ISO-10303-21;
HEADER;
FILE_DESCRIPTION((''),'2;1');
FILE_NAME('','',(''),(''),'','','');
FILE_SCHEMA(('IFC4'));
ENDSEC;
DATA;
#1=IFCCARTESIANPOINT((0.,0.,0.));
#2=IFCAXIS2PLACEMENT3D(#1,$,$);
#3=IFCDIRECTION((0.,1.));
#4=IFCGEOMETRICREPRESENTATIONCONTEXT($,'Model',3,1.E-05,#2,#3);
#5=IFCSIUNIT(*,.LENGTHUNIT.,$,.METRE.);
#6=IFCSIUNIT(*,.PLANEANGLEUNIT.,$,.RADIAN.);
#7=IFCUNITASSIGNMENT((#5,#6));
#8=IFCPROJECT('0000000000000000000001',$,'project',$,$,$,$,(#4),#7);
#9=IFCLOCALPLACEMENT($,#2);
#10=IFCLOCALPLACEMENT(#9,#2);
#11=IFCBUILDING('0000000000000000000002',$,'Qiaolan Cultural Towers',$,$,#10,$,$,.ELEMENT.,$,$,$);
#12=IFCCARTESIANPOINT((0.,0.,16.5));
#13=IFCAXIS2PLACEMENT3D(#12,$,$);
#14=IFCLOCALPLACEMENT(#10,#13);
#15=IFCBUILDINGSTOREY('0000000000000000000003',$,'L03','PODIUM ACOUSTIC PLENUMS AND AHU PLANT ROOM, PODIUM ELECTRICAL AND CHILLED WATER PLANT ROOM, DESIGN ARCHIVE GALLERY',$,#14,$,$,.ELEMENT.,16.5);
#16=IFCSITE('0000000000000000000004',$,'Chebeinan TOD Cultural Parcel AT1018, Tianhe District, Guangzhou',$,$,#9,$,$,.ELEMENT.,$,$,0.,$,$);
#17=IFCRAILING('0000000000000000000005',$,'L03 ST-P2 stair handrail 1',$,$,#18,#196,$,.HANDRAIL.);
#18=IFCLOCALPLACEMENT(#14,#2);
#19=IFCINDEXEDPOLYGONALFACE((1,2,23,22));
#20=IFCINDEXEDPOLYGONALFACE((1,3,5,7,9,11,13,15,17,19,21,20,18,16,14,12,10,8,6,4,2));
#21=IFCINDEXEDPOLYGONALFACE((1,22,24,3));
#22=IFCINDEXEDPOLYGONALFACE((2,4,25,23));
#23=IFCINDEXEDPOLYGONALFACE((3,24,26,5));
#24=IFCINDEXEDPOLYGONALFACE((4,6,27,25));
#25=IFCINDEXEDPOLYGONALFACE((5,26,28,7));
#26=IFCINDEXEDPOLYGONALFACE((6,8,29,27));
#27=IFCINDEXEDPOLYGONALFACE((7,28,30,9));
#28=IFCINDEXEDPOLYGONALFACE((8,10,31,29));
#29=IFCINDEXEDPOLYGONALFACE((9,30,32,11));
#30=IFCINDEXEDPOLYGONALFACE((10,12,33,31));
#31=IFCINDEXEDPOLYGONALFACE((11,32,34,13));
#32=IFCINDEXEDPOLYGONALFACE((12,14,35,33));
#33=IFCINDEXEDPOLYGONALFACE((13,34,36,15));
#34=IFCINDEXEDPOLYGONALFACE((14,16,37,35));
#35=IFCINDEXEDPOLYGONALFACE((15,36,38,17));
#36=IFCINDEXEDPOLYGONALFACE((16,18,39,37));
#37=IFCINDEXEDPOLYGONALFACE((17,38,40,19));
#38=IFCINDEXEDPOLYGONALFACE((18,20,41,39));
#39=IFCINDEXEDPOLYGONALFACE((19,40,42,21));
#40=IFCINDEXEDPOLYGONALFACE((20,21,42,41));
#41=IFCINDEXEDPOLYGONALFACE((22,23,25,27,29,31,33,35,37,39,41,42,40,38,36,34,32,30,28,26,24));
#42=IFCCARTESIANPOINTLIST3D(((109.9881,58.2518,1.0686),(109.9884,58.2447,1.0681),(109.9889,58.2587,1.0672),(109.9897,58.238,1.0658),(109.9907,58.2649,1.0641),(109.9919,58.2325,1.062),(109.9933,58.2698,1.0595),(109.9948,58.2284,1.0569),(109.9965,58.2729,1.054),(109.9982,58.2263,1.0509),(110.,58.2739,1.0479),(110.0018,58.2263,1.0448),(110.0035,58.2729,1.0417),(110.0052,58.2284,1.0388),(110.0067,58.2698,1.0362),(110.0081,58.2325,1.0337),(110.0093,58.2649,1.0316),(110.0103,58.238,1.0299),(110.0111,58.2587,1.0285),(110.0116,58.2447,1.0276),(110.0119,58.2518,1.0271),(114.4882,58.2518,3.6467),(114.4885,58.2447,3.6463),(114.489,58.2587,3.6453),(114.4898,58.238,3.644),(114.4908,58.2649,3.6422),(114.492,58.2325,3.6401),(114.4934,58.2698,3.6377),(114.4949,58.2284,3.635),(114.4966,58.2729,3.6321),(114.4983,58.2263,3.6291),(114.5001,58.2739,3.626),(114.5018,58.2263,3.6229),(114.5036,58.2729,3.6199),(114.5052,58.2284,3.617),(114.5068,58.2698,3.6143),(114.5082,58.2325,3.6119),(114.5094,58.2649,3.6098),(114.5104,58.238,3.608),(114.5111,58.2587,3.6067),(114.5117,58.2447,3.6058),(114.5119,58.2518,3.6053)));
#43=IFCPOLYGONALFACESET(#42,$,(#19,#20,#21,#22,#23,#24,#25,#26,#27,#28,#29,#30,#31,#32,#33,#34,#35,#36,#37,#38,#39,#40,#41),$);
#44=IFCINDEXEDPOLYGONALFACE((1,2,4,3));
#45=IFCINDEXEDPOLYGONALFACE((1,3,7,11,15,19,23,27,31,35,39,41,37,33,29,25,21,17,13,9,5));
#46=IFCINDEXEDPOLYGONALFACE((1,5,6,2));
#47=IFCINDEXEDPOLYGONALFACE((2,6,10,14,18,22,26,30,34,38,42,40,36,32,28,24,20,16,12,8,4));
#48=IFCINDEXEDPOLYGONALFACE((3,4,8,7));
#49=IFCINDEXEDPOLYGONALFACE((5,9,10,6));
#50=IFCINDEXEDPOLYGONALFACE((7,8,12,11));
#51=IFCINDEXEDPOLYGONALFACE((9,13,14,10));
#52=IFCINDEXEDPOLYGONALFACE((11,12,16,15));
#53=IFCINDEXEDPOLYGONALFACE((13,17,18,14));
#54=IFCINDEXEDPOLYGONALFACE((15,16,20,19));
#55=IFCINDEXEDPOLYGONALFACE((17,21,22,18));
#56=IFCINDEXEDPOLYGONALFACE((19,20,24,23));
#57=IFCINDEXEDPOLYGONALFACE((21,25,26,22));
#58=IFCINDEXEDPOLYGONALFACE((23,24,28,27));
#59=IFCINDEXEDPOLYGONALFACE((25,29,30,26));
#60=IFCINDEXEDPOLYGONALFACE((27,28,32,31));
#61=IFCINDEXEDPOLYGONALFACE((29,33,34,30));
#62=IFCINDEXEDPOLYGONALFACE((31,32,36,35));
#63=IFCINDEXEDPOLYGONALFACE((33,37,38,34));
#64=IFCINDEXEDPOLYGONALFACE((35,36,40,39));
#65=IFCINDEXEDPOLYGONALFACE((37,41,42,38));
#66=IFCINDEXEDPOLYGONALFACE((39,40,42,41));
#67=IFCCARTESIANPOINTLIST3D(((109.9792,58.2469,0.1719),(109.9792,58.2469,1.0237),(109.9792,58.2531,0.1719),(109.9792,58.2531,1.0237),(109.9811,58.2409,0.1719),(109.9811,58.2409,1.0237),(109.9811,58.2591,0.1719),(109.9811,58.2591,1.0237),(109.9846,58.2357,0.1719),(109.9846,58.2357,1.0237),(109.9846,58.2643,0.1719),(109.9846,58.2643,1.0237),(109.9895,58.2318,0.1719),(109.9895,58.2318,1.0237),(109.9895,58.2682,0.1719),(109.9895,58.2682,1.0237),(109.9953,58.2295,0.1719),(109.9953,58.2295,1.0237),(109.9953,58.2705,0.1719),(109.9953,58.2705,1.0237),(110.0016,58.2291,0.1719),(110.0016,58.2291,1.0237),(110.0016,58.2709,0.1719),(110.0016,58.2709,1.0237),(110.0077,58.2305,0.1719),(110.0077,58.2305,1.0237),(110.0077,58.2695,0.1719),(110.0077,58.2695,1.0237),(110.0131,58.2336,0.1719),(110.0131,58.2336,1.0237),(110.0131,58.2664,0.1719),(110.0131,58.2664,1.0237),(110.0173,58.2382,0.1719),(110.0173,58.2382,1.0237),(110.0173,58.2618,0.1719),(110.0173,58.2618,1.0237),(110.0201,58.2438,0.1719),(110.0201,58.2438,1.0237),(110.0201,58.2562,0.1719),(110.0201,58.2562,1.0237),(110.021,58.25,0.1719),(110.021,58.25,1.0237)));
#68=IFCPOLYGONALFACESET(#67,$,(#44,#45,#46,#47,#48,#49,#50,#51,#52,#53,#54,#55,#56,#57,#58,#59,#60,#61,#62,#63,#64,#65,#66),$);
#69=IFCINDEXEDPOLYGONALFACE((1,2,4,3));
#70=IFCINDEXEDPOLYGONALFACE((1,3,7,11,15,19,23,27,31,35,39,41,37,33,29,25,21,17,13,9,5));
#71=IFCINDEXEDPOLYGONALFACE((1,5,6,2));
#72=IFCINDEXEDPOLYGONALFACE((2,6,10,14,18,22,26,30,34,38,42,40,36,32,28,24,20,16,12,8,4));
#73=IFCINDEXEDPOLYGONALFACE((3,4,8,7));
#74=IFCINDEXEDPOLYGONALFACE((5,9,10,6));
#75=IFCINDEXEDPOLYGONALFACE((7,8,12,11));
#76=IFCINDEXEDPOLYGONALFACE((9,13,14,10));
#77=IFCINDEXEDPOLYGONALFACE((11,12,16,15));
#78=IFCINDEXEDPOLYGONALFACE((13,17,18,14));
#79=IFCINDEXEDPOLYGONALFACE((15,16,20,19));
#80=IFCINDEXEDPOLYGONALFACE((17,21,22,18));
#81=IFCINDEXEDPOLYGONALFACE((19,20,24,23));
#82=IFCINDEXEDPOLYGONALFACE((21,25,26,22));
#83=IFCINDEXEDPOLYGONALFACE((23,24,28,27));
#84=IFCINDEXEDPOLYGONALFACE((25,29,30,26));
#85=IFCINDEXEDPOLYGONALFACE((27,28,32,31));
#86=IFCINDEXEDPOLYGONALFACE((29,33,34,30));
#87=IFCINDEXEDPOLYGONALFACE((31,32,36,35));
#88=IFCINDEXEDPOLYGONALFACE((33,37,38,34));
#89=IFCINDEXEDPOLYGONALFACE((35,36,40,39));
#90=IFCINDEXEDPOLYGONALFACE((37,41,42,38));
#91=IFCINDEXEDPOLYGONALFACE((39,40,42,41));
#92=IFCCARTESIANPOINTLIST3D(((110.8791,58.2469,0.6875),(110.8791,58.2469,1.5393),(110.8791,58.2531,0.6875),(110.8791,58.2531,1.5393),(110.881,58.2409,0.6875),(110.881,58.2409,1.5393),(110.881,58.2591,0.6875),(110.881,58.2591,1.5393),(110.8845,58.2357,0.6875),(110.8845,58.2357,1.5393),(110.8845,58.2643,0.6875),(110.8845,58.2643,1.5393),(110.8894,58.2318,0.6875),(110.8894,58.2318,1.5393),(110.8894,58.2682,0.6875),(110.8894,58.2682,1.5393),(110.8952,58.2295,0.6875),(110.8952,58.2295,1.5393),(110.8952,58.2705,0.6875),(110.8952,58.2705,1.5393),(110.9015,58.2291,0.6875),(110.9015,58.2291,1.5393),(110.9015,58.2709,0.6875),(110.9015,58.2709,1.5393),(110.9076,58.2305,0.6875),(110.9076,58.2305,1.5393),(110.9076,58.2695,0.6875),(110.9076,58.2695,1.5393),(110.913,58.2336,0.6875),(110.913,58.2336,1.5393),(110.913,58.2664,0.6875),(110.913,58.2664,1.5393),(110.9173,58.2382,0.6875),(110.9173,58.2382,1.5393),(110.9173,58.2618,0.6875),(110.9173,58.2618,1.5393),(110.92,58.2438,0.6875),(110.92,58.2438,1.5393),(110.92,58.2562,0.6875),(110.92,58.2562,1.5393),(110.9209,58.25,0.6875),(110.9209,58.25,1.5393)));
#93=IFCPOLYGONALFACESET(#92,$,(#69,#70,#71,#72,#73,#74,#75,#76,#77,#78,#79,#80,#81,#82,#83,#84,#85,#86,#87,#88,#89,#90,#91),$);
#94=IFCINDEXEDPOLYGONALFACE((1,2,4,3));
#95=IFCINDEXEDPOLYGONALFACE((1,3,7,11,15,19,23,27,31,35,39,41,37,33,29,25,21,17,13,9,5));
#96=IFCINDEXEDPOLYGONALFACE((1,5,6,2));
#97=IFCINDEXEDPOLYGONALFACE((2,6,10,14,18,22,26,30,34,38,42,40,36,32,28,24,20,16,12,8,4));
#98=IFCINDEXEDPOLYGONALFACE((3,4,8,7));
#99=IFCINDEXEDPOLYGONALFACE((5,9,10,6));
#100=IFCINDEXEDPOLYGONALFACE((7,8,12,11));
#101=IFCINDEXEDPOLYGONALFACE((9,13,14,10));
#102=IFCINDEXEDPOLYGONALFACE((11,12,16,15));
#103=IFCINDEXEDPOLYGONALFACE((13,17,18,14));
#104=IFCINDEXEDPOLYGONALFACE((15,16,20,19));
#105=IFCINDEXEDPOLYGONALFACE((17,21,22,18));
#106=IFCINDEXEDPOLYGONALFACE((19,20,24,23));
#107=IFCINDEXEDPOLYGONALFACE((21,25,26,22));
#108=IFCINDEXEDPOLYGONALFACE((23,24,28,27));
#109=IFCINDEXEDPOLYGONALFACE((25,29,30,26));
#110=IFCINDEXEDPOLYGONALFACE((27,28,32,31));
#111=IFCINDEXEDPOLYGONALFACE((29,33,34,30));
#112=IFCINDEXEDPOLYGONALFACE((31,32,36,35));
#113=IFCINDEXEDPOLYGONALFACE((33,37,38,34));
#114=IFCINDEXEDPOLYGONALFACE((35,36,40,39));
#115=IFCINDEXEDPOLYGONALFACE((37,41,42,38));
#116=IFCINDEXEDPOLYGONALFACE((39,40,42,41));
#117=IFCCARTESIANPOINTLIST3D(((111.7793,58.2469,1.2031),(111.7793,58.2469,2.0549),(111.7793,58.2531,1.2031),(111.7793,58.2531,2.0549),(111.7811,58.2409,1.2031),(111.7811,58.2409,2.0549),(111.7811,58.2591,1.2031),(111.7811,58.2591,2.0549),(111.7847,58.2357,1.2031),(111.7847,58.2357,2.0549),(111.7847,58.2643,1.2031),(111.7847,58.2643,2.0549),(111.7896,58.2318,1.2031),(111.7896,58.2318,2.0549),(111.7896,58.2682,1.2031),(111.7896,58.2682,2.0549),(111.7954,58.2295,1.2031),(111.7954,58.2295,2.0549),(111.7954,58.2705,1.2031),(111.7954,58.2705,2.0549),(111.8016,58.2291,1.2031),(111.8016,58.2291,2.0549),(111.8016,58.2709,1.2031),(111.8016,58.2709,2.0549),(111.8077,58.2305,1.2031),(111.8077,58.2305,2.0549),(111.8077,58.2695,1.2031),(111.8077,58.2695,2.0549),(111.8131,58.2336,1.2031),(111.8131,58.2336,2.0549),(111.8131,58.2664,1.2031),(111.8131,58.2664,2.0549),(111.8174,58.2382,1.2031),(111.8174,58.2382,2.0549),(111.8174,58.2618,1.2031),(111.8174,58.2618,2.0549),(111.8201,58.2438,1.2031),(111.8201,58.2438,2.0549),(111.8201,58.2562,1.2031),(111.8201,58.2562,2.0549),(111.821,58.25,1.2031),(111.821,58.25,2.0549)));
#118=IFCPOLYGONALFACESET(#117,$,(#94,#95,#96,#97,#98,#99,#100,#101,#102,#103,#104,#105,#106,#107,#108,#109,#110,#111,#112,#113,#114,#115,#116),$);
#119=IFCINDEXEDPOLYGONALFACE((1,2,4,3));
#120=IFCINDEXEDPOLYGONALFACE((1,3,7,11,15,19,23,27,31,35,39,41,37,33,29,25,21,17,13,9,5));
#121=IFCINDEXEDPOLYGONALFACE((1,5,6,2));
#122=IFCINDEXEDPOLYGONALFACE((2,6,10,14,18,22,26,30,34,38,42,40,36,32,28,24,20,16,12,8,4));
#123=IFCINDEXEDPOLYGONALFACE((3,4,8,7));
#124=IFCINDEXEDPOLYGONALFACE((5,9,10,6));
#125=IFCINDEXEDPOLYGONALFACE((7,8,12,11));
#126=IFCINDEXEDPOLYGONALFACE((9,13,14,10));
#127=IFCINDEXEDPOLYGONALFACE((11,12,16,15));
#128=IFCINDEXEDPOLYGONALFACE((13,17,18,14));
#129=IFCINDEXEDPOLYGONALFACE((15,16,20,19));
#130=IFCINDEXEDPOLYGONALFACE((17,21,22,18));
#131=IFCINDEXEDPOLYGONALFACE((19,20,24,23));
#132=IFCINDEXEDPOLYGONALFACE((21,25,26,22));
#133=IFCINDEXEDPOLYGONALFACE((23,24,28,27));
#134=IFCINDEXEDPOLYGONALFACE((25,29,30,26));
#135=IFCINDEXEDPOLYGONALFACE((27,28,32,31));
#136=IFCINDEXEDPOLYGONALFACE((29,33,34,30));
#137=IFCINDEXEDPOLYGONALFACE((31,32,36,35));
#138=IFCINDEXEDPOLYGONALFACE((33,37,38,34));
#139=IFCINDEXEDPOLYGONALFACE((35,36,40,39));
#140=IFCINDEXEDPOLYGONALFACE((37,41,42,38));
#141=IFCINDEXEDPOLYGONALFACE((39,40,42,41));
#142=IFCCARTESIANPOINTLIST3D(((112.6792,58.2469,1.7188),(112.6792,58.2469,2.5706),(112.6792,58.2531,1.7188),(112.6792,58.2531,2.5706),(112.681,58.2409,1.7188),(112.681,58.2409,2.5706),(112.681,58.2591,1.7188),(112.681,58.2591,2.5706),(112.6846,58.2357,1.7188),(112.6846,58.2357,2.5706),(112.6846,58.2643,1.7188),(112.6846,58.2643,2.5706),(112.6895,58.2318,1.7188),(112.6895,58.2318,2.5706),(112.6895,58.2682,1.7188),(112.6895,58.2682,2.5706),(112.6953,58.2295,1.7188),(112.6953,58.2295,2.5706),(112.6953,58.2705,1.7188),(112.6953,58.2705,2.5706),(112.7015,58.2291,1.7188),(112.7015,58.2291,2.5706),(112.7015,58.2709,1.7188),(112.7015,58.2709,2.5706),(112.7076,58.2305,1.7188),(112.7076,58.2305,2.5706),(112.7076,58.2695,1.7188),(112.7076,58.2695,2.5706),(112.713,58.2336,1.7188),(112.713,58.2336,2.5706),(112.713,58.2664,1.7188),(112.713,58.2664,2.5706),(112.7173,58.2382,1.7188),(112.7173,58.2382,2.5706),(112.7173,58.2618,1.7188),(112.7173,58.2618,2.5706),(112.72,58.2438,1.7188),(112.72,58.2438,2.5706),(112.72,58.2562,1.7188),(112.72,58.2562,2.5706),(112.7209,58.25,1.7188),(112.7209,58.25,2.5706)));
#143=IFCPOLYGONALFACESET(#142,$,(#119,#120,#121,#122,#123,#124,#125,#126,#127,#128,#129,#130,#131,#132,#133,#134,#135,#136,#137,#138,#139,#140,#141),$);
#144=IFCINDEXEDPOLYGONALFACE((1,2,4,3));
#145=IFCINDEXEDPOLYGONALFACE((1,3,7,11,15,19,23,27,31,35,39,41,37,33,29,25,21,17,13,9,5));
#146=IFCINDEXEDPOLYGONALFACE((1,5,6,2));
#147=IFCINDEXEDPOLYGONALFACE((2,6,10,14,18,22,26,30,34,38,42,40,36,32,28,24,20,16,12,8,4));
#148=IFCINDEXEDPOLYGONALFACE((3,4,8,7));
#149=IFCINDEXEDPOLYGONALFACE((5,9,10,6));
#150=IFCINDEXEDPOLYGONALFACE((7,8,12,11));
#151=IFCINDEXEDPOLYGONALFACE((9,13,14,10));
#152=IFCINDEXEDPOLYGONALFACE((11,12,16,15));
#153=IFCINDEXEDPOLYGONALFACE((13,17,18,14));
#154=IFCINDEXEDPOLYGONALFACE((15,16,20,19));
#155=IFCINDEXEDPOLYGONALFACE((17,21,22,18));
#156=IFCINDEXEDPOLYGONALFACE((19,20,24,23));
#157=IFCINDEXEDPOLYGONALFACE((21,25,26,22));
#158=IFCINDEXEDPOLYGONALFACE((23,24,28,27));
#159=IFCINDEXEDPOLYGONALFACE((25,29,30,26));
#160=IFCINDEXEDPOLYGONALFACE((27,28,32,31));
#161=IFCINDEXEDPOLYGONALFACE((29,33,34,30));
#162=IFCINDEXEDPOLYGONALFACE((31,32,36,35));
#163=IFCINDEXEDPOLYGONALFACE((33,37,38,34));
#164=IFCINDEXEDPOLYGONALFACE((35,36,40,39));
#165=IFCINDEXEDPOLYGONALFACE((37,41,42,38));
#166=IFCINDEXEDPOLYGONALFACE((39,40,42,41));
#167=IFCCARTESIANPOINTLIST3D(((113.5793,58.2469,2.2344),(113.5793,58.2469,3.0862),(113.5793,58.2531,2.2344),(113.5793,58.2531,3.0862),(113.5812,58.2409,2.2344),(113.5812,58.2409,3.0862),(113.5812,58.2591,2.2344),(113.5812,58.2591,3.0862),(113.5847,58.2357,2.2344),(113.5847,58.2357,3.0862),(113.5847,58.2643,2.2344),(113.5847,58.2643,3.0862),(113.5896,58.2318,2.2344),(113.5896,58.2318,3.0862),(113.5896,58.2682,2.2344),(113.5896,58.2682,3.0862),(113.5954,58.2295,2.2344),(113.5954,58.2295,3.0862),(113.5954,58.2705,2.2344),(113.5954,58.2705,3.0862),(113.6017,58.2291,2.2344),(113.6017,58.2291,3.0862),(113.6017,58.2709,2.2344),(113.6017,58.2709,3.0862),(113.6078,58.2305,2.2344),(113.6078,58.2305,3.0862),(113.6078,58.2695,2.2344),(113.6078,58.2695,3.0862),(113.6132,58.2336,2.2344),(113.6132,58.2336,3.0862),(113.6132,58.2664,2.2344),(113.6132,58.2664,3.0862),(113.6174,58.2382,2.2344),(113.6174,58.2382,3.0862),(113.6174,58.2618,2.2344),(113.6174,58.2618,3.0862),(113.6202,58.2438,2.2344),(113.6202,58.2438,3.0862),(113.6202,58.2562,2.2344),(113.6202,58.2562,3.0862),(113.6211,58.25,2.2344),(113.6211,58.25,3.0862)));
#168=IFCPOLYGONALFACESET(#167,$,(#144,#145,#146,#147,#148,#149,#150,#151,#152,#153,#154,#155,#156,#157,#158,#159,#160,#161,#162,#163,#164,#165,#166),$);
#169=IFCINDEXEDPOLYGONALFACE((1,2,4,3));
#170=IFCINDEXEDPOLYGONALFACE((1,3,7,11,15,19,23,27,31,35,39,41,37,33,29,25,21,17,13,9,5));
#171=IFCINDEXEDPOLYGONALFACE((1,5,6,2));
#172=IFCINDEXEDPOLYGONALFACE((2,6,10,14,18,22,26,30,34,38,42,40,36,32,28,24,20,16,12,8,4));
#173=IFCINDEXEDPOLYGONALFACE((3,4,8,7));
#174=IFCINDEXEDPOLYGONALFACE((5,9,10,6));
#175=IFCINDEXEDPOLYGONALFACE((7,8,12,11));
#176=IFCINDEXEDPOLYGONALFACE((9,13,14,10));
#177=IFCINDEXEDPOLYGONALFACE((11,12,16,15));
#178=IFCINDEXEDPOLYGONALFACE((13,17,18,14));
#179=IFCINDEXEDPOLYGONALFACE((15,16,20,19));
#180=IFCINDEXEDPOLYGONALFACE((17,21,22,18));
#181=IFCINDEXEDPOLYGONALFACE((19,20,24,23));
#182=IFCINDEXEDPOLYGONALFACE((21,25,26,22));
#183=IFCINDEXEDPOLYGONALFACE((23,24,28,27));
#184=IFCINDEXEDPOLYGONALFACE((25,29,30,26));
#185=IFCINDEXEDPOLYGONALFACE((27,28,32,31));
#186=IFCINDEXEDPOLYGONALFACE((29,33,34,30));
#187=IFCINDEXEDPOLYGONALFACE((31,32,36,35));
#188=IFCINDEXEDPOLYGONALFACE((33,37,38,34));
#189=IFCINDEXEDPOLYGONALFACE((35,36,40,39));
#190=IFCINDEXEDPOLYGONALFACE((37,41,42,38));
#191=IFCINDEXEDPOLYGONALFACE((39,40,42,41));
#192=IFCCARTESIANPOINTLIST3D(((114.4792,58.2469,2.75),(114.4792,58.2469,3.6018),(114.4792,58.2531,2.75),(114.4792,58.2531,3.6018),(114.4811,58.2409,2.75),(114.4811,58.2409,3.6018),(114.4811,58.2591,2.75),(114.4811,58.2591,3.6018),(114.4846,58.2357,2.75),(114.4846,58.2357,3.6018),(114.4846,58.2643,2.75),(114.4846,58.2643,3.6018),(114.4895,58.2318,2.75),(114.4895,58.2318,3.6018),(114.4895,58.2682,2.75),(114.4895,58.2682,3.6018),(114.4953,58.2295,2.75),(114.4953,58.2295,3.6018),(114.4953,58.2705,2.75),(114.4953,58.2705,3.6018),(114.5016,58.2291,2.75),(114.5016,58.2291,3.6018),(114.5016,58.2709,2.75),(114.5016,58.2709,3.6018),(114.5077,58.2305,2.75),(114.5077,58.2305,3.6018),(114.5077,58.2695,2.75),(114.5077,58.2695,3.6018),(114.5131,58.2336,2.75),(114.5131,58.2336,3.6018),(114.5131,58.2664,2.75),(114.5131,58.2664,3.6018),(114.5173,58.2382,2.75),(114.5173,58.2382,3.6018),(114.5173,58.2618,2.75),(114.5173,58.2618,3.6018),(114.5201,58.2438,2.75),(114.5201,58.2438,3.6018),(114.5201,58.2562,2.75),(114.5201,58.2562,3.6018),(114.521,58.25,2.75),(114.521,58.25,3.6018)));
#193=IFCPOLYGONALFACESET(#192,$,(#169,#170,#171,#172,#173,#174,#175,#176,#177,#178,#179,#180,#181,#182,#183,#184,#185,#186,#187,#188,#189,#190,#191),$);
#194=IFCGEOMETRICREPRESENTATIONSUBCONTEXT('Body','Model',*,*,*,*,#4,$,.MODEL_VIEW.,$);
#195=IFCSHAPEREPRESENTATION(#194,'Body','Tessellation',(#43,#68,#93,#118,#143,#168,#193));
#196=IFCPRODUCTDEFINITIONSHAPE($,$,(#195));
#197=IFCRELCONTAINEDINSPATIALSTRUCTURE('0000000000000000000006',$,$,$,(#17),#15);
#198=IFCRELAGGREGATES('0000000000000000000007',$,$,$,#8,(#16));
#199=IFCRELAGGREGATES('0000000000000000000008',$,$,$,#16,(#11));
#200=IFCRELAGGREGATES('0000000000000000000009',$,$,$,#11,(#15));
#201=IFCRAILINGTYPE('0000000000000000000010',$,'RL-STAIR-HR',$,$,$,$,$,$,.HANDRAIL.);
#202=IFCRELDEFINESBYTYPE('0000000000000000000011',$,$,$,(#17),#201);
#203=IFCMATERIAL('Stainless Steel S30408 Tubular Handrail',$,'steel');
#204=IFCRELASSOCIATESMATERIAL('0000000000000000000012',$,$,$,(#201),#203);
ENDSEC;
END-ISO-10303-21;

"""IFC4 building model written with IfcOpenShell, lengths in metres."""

from ifc_helpers import new_model, si_unit, direction, frame, origin, origin_2d, place, context, subcontext, project, spatial, circle, extrude, material, type_object, element, save


model = new_model("IFC4")

# Units and contexts
model_context = context("Model", 3, precision=1e-05, world=origin(), true_north=direction((0.0, 1.0)))
body_context = subcontext(model_context, "Body", "Model", "MODEL_VIEW")
ifc_project = project(units=[si_unit("LENGTHUNIT", "METRE"), si_unit("PLANEANGLEUNIT", "RADIAN")], contexts=[model_context])

# Site, building, storey
site_placement = place(None, origin())
site = spatial("IfcSite", under=ifc_project, at=site_placement, Name="Chebeinan TOD Cultural Parcel AT1018, Tianhe District, Guangzhou", CompositionType="ELEMENT", RefElevation=0.0)
building_placement = place(site_placement, origin())
building = spatial("IfcBuilding", under=site, at=building_placement, Name="Qiaolan Cultural Towers", CompositionType="ELEMENT")
storey_placement = place(building_placement, frame((0.0, 0.0, 16.5)))
storey = spatial("IfcBuildingStorey", under=building, at=storey_placement, Name="L03", Description="PODIUM ACOUSTIC PLENUMS AND AHU PLANT ROOM, PODIUM ELECTRICAL AND CHILLED WATER PLANT ROOM, DESIGN ARCHIVE GALLERY", CompositionType="ELEMENT", Elevation=16.5)

# Railing
ifc_material_1 = material(Name="Stainless Steel S30408 Tubular Handrail", Category="steel")
railing_type_1 = type_object("IfcRailingType", Name="RL-STAIR-HR", PredefinedType="HANDRAIL", material=ifc_material_1)
railing_1_placement = place(storey_placement, frame((110.0, 58.25, 0.1719)))
element("IfcRailing", 1, at=railing_1_placement, inside=storey, type_object=railing_type_1, Name="L03 ST-P2 stair handrail 1", PredefinedType="HANDRAIL", context=body_context, shape_type="SweptSolid", body=[
    extrude(circle(Radius=0.0239, at=origin_2d()), frame((0.0, 0.0, 0.876), z_axis=(0.867686, 0.0, 0.497112), x_axis=(0.0, 1.0, 0.0)), (0.0, 0.0, 1.0), 5.1863),
    extrude(circle(Radius=0.021, at=origin_2d()), origin(), (0.0, 0.0, 1.0), 0.8518),
    extrude(circle(Radius=0.021, at=origin_2d()), frame((0.8999, 0.0, 0.5156)), (0.0, 0.0, 1.0), 0.8518),
    extrude(circle(Radius=0.021, at=origin_2d()), frame((1.8, 0.0, 1.0312)), (0.0, 0.0, 1.0), 0.8518),
    extrude(circle(Radius=0.021, at=origin_2d()), frame((2.7, 0.0, 1.5469)), (0.0, 0.0, 1.0), 0.8518),
    extrude(circle(Radius=0.021, at=origin_2d()), frame((3.6001, 0.0, 2.0625)), (0.0, 0.0, 1.0), 0.8518),
    extrude(circle(Radius=0.021, at=origin_2d()), frame((4.5, 0.0, 2.5781)), (0.0, 0.0, 1.0), 0.8518),
])

save(model, "model.ifc")
